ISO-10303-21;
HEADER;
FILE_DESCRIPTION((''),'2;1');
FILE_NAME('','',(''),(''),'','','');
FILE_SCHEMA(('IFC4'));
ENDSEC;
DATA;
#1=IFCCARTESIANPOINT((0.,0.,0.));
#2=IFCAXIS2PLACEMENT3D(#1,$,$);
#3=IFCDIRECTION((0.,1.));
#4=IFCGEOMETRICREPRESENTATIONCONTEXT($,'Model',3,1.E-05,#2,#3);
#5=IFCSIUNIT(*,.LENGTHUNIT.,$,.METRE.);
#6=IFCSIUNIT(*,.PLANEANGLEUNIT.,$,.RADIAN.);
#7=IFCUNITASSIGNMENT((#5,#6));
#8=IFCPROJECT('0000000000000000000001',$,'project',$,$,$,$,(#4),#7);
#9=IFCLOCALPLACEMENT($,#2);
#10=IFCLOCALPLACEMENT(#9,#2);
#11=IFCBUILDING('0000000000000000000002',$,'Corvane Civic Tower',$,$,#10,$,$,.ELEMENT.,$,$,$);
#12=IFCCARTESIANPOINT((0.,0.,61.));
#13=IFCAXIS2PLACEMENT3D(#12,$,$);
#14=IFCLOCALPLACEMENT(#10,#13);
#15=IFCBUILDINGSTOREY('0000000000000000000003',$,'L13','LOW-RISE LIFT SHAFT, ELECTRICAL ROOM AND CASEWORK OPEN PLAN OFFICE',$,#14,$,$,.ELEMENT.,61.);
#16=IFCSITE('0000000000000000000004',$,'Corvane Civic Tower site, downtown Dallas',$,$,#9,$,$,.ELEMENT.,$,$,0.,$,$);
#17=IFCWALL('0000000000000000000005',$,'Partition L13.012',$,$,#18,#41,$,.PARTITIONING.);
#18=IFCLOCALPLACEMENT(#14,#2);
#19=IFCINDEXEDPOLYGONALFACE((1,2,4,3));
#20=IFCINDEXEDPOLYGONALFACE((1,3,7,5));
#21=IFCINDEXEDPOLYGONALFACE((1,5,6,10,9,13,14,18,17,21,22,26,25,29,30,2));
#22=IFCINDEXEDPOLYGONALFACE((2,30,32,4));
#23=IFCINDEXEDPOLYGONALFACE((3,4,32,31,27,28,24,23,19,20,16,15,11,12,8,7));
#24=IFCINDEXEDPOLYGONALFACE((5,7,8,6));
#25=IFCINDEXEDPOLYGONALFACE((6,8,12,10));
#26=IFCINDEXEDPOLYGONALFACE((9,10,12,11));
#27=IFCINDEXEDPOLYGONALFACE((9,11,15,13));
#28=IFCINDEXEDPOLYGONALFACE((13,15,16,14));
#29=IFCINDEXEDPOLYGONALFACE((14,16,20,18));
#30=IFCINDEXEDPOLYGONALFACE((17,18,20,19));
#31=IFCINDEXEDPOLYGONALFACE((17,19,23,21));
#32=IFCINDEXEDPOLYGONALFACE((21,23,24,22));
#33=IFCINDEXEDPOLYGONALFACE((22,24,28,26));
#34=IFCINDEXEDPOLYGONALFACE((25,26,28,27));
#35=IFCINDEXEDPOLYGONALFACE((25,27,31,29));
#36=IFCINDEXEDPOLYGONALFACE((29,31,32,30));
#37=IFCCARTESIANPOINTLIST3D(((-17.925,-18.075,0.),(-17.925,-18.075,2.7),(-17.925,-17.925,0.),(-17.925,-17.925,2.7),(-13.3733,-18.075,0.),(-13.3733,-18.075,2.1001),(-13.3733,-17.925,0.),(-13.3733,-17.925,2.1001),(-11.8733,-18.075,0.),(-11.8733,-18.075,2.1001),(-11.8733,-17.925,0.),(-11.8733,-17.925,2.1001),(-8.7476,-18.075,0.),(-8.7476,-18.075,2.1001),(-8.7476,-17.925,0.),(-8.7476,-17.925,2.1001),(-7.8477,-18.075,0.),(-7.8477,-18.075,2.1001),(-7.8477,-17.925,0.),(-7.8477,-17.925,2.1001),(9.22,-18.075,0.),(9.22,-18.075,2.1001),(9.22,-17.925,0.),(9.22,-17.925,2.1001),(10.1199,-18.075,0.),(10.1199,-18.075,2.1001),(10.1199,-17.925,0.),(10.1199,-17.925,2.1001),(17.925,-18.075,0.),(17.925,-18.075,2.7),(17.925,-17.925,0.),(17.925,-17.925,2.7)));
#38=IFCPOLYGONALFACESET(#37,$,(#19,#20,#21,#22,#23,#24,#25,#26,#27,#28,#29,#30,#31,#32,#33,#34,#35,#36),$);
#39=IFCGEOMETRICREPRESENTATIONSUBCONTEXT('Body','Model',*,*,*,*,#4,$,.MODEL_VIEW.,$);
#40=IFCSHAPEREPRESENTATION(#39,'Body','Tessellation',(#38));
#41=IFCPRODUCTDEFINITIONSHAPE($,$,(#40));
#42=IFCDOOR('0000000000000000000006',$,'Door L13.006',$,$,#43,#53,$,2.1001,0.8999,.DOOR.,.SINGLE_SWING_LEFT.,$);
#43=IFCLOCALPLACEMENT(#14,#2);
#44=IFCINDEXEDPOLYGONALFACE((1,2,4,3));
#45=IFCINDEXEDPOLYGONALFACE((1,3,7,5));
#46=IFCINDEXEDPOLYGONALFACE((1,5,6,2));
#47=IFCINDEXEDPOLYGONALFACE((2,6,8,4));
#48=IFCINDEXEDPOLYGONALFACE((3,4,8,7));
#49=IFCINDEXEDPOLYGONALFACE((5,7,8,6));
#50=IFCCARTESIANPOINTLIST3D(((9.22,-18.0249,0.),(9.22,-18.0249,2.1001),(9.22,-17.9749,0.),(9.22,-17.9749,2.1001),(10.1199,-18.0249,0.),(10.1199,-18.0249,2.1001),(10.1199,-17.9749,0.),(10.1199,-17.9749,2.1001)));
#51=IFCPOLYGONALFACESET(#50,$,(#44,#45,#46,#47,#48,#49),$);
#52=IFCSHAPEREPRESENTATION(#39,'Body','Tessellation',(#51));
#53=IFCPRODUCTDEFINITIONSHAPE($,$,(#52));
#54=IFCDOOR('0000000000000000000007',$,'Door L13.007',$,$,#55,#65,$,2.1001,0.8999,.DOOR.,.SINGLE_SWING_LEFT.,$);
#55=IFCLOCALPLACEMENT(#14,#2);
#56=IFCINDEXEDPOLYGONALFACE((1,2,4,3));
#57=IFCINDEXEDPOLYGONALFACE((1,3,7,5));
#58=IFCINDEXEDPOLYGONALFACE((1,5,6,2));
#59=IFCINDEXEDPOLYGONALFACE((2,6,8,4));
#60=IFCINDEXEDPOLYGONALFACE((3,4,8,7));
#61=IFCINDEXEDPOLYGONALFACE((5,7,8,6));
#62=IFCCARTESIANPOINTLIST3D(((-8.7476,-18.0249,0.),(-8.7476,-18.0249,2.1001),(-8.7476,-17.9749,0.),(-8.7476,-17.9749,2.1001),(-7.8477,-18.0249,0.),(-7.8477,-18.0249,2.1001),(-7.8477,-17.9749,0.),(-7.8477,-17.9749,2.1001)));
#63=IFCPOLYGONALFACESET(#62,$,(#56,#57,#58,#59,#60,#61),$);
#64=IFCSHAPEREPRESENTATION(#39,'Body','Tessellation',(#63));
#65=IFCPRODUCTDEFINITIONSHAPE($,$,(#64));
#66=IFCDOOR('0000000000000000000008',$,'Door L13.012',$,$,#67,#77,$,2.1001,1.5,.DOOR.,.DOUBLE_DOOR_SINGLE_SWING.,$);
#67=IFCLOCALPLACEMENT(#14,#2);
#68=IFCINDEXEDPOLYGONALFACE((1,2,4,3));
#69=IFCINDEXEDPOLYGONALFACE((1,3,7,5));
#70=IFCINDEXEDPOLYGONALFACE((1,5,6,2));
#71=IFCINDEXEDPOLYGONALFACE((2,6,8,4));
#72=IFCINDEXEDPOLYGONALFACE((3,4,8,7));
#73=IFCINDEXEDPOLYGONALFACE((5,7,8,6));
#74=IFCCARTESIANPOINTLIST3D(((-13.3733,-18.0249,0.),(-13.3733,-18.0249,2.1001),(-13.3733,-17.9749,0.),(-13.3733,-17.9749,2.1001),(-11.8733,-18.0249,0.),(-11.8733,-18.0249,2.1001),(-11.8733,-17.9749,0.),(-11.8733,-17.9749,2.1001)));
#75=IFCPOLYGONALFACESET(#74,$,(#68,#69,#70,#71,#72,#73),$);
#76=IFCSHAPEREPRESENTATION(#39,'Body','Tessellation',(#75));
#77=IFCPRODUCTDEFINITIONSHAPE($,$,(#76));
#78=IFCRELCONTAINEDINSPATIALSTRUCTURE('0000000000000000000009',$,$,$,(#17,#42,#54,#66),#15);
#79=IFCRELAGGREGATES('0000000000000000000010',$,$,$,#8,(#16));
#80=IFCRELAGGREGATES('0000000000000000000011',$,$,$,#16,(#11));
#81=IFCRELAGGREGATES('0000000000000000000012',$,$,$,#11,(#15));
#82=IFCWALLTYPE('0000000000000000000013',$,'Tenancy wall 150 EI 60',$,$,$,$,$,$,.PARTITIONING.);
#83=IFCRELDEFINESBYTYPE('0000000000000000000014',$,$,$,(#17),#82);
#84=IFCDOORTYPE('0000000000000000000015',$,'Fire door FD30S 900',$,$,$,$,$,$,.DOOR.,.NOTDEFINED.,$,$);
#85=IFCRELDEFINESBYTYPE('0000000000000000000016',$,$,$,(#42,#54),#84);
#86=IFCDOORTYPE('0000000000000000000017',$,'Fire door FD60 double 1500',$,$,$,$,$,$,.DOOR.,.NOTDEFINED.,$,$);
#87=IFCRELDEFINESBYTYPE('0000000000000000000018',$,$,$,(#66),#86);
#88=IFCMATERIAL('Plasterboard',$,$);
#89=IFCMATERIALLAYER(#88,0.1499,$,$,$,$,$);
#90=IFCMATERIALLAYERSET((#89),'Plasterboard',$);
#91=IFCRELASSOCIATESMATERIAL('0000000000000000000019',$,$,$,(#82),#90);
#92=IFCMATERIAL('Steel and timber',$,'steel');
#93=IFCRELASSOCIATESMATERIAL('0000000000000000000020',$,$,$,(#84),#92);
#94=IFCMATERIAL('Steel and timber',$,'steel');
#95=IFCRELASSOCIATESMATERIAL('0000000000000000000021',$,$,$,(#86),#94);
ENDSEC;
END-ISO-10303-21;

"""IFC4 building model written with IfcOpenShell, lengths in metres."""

from ifc_helpers import new_model, si_unit, direction, frame, frame_2d, origin, place, context, subcontext, project, spatial, rectangle, extrude, material, layer, layer_set, type_object, element, fill, save


model = new_model("IFC4")

# Units and contexts
model_context = context("Model", 3, precision=1e-05, world=origin(), true_north=direction((0.0, 1.0)))
body_context = subcontext(model_context, "Body", "Model", "MODEL_VIEW")
ifc_project = project(units=[si_unit("LENGTHUNIT", "METRE"), si_unit("PLANEANGLEUNIT", "RADIAN")], contexts=[model_context])

# Site, building, storey
site_placement = place(None, origin())
site = spatial("IfcSite", under=ifc_project, at=site_placement, Name="Corvane Civic Tower site, downtown Dallas", CompositionType="ELEMENT", RefElevation=0.0)
building_placement = place(site_placement, origin())
building = spatial("IfcBuilding", under=site, at=building_placement, Name="Corvane Civic Tower", CompositionType="ELEMENT")
storey_placement = place(building_placement, frame((0.0, 0.0, 61.0)))
storey = spatial("IfcBuildingStorey", under=building, at=storey_placement, Name="L13", Description="LOW-RISE LIFT SHAFT, ELECTRICAL ROOM AND CASEWORK OPEN PLAN OFFICE", CompositionType="ELEMENT", Elevation=61.0)

# Wall, openings, doors
ifc_material_1 = material(Name="Plasterboard")
ifc_layer_1 = layer(ifc_material_1, 0.1499)
ifc_layer_set_1 = layer_set([ifc_layer_1], Name="Plasterboard")
wall_type_1 = type_object("IfcWallType", Name="Tenancy wall 150 EI 60", PredefinedType="PARTITIONING", material=ifc_layer_set_1)
wall_1_placement = place(storey_placement, frame((-17.925, -18.0, 0.0), z_axis=(0.0, 0.0, 1.0), x_axis=(1.0, 0.0, 0.0)))
wall_1 = element("IfcWall", 1, at=wall_1_placement, inside=storey, type_object=wall_type_1, Name="Partition L13.012", PredefinedType="PARTITIONING", context=body_context, shape_type="SweptSolid", body=[
    extrude(rectangle(XDim=35.8501, YDim=0.1499, at=frame_2d((17.925, 0.0))), origin(), (0.0, 0.0, 1.0), 2.7),
])
opening_1_placement = place(wall_1_placement, frame((27.145, 0.0, 0.0)))
opening_1 = element("IfcOpeningElement", 2, at=opening_1_placement, cuts=wall_1, PredefinedType="OPENING", context=body_context, shape_type="SweptSolid", body=[
    extrude(rectangle(XDim=0.8999, YDim=2.1001, at=frame_2d((0.45, 1.05))), frame((0.0, 0.085, 0.0), z_axis=(0.0, -1.0, 0.0), x_axis=(1.0, 0.0, 0.0)), (0.0, 0.0, 1.0), 0.1699),
])
opening_2_placement = place(wall_1_placement, frame((9.1775, 0.0, 0.0)))
opening_2 = element("IfcOpeningElement", 3, at=opening_2_placement, cuts=wall_1, PredefinedType="OPENING", context=body_context, shape_type="SweptSolid", body=[
    extrude(rectangle(XDim=0.8999, YDim=2.1001, at=frame_2d((0.45, 1.05))), frame((0.0, 0.085, 0.0), z_axis=(0.0, -1.0, 0.0), x_axis=(1.0, 0.0, 0.0)), (0.0, 0.0, 1.0), 0.1699),
])
opening_3_placement = place(wall_1_placement, frame((4.5518, 0.0, 0.0)))
opening_3 = element("IfcOpeningElement", 4, at=opening_3_placement, cuts=wall_1, PredefinedType="OPENING", context=body_context, shape_type="SweptSolid", body=[
    extrude(rectangle(XDim=1.5, YDim=2.1001, at=frame_2d((0.75, 1.05))), frame((0.0, 0.085, 0.0), z_axis=(0.0, -1.0, 0.0), x_axis=(1.0, 0.0, 0.0)), (0.0, 0.0, 1.0), 0.1699),
])
ifc_material_2 = material(Name="Steel and timber", Category="steel")
door_type_1 = type_object("IfcDoorType", Name="Fire door FD30S 900", OperationType="NOTDEFINED", PredefinedType="DOOR", material=ifc_material_2)
door_1_placement = place(opening_1_placement, frame((0.8999, 0.0, 0.0), z_axis=(0.0, 0.0, 1.0), x_axis=(-1.0, 0.0, 0.0)))
door_1 = element("IfcDoor", 5, at=door_1_placement, inside=storey, type_object=door_type_1, Name="Door L13.006", OperationType="SINGLE_SWING_LEFT", OverallHeight=2.1001, OverallWidth=0.8999, PredefinedType="DOOR", context=body_context, shape_type="SweptSolid", body=[
    extrude(rectangle(XDim=0.8999, YDim=2.1001, at=frame_2d((0.45, 1.05))), frame((0.0, 0.0249, 0.0), z_axis=(0.0, -1.0, 0.0), x_axis=(1.0, 0.0, 0.0)), (0.0, 0.0, 1.0), 0.05),
])
fill(opening_1, door_1)
door_2_placement = place(opening_2_placement, frame((0.8999, 0.0, 0.0), z_axis=(0.0, 0.0, 1.0), x_axis=(-1.0, 0.0, 0.0)))
door_2 = element("IfcDoor", 6, at=door_2_placement, inside=storey, type_object=door_type_1, Name="Door L13.007", OperationType="SINGLE_SWING_LEFT", OverallHeight=2.1001, OverallWidth=0.8999, PredefinedType="DOOR", context=body_context, shape_type="SweptSolid", body=[
    extrude(rectangle(XDim=0.8999, YDim=2.1001, at=frame_2d((0.45, 1.05))), frame((0.0, 0.0249, 0.0), z_axis=(0.0, -1.0, 0.0), x_axis=(1.0, 0.0, 0.0)), (0.0, 0.0, 1.0), 0.05),
])
fill(opening_2, door_2)
ifc_material_3 = material(Name="Steel and timber", Category="steel")
door_type_2 = type_object("IfcDoorType", Name="Fire door FD60 double 1500", OperationType="NOTDEFINED", PredefinedType="DOOR", material=ifc_material_3)
door_3_placement = place(opening_3_placement, frame((1.5, 0.0, 0.0), z_axis=(0.0, 0.0, 1.0), x_axis=(-1.0, 0.0, 0.0)))
door_3 = element("IfcDoor", 7, at=door_3_placement, inside=storey, type_object=door_type_2, Name="Door L13.012", OperationType="DOUBLE_DOOR_SINGLE_SWING", OverallHeight=2.1001, OverallWidth=1.5, PredefinedType="DOOR", context=body_context, shape_type="SweptSolid", body=[
    extrude(rectangle(XDim=1.5, YDim=2.1001, at=frame_2d((0.75, 1.05))), frame((0.0, 0.0249, 0.0), z_axis=(0.0, -1.0, 0.0), x_axis=(1.0, 0.0, 0.0)), (0.0, 0.0, 1.0), 0.05),
])
fill(opening_3, door_3)

save(model, "model.ifc")
